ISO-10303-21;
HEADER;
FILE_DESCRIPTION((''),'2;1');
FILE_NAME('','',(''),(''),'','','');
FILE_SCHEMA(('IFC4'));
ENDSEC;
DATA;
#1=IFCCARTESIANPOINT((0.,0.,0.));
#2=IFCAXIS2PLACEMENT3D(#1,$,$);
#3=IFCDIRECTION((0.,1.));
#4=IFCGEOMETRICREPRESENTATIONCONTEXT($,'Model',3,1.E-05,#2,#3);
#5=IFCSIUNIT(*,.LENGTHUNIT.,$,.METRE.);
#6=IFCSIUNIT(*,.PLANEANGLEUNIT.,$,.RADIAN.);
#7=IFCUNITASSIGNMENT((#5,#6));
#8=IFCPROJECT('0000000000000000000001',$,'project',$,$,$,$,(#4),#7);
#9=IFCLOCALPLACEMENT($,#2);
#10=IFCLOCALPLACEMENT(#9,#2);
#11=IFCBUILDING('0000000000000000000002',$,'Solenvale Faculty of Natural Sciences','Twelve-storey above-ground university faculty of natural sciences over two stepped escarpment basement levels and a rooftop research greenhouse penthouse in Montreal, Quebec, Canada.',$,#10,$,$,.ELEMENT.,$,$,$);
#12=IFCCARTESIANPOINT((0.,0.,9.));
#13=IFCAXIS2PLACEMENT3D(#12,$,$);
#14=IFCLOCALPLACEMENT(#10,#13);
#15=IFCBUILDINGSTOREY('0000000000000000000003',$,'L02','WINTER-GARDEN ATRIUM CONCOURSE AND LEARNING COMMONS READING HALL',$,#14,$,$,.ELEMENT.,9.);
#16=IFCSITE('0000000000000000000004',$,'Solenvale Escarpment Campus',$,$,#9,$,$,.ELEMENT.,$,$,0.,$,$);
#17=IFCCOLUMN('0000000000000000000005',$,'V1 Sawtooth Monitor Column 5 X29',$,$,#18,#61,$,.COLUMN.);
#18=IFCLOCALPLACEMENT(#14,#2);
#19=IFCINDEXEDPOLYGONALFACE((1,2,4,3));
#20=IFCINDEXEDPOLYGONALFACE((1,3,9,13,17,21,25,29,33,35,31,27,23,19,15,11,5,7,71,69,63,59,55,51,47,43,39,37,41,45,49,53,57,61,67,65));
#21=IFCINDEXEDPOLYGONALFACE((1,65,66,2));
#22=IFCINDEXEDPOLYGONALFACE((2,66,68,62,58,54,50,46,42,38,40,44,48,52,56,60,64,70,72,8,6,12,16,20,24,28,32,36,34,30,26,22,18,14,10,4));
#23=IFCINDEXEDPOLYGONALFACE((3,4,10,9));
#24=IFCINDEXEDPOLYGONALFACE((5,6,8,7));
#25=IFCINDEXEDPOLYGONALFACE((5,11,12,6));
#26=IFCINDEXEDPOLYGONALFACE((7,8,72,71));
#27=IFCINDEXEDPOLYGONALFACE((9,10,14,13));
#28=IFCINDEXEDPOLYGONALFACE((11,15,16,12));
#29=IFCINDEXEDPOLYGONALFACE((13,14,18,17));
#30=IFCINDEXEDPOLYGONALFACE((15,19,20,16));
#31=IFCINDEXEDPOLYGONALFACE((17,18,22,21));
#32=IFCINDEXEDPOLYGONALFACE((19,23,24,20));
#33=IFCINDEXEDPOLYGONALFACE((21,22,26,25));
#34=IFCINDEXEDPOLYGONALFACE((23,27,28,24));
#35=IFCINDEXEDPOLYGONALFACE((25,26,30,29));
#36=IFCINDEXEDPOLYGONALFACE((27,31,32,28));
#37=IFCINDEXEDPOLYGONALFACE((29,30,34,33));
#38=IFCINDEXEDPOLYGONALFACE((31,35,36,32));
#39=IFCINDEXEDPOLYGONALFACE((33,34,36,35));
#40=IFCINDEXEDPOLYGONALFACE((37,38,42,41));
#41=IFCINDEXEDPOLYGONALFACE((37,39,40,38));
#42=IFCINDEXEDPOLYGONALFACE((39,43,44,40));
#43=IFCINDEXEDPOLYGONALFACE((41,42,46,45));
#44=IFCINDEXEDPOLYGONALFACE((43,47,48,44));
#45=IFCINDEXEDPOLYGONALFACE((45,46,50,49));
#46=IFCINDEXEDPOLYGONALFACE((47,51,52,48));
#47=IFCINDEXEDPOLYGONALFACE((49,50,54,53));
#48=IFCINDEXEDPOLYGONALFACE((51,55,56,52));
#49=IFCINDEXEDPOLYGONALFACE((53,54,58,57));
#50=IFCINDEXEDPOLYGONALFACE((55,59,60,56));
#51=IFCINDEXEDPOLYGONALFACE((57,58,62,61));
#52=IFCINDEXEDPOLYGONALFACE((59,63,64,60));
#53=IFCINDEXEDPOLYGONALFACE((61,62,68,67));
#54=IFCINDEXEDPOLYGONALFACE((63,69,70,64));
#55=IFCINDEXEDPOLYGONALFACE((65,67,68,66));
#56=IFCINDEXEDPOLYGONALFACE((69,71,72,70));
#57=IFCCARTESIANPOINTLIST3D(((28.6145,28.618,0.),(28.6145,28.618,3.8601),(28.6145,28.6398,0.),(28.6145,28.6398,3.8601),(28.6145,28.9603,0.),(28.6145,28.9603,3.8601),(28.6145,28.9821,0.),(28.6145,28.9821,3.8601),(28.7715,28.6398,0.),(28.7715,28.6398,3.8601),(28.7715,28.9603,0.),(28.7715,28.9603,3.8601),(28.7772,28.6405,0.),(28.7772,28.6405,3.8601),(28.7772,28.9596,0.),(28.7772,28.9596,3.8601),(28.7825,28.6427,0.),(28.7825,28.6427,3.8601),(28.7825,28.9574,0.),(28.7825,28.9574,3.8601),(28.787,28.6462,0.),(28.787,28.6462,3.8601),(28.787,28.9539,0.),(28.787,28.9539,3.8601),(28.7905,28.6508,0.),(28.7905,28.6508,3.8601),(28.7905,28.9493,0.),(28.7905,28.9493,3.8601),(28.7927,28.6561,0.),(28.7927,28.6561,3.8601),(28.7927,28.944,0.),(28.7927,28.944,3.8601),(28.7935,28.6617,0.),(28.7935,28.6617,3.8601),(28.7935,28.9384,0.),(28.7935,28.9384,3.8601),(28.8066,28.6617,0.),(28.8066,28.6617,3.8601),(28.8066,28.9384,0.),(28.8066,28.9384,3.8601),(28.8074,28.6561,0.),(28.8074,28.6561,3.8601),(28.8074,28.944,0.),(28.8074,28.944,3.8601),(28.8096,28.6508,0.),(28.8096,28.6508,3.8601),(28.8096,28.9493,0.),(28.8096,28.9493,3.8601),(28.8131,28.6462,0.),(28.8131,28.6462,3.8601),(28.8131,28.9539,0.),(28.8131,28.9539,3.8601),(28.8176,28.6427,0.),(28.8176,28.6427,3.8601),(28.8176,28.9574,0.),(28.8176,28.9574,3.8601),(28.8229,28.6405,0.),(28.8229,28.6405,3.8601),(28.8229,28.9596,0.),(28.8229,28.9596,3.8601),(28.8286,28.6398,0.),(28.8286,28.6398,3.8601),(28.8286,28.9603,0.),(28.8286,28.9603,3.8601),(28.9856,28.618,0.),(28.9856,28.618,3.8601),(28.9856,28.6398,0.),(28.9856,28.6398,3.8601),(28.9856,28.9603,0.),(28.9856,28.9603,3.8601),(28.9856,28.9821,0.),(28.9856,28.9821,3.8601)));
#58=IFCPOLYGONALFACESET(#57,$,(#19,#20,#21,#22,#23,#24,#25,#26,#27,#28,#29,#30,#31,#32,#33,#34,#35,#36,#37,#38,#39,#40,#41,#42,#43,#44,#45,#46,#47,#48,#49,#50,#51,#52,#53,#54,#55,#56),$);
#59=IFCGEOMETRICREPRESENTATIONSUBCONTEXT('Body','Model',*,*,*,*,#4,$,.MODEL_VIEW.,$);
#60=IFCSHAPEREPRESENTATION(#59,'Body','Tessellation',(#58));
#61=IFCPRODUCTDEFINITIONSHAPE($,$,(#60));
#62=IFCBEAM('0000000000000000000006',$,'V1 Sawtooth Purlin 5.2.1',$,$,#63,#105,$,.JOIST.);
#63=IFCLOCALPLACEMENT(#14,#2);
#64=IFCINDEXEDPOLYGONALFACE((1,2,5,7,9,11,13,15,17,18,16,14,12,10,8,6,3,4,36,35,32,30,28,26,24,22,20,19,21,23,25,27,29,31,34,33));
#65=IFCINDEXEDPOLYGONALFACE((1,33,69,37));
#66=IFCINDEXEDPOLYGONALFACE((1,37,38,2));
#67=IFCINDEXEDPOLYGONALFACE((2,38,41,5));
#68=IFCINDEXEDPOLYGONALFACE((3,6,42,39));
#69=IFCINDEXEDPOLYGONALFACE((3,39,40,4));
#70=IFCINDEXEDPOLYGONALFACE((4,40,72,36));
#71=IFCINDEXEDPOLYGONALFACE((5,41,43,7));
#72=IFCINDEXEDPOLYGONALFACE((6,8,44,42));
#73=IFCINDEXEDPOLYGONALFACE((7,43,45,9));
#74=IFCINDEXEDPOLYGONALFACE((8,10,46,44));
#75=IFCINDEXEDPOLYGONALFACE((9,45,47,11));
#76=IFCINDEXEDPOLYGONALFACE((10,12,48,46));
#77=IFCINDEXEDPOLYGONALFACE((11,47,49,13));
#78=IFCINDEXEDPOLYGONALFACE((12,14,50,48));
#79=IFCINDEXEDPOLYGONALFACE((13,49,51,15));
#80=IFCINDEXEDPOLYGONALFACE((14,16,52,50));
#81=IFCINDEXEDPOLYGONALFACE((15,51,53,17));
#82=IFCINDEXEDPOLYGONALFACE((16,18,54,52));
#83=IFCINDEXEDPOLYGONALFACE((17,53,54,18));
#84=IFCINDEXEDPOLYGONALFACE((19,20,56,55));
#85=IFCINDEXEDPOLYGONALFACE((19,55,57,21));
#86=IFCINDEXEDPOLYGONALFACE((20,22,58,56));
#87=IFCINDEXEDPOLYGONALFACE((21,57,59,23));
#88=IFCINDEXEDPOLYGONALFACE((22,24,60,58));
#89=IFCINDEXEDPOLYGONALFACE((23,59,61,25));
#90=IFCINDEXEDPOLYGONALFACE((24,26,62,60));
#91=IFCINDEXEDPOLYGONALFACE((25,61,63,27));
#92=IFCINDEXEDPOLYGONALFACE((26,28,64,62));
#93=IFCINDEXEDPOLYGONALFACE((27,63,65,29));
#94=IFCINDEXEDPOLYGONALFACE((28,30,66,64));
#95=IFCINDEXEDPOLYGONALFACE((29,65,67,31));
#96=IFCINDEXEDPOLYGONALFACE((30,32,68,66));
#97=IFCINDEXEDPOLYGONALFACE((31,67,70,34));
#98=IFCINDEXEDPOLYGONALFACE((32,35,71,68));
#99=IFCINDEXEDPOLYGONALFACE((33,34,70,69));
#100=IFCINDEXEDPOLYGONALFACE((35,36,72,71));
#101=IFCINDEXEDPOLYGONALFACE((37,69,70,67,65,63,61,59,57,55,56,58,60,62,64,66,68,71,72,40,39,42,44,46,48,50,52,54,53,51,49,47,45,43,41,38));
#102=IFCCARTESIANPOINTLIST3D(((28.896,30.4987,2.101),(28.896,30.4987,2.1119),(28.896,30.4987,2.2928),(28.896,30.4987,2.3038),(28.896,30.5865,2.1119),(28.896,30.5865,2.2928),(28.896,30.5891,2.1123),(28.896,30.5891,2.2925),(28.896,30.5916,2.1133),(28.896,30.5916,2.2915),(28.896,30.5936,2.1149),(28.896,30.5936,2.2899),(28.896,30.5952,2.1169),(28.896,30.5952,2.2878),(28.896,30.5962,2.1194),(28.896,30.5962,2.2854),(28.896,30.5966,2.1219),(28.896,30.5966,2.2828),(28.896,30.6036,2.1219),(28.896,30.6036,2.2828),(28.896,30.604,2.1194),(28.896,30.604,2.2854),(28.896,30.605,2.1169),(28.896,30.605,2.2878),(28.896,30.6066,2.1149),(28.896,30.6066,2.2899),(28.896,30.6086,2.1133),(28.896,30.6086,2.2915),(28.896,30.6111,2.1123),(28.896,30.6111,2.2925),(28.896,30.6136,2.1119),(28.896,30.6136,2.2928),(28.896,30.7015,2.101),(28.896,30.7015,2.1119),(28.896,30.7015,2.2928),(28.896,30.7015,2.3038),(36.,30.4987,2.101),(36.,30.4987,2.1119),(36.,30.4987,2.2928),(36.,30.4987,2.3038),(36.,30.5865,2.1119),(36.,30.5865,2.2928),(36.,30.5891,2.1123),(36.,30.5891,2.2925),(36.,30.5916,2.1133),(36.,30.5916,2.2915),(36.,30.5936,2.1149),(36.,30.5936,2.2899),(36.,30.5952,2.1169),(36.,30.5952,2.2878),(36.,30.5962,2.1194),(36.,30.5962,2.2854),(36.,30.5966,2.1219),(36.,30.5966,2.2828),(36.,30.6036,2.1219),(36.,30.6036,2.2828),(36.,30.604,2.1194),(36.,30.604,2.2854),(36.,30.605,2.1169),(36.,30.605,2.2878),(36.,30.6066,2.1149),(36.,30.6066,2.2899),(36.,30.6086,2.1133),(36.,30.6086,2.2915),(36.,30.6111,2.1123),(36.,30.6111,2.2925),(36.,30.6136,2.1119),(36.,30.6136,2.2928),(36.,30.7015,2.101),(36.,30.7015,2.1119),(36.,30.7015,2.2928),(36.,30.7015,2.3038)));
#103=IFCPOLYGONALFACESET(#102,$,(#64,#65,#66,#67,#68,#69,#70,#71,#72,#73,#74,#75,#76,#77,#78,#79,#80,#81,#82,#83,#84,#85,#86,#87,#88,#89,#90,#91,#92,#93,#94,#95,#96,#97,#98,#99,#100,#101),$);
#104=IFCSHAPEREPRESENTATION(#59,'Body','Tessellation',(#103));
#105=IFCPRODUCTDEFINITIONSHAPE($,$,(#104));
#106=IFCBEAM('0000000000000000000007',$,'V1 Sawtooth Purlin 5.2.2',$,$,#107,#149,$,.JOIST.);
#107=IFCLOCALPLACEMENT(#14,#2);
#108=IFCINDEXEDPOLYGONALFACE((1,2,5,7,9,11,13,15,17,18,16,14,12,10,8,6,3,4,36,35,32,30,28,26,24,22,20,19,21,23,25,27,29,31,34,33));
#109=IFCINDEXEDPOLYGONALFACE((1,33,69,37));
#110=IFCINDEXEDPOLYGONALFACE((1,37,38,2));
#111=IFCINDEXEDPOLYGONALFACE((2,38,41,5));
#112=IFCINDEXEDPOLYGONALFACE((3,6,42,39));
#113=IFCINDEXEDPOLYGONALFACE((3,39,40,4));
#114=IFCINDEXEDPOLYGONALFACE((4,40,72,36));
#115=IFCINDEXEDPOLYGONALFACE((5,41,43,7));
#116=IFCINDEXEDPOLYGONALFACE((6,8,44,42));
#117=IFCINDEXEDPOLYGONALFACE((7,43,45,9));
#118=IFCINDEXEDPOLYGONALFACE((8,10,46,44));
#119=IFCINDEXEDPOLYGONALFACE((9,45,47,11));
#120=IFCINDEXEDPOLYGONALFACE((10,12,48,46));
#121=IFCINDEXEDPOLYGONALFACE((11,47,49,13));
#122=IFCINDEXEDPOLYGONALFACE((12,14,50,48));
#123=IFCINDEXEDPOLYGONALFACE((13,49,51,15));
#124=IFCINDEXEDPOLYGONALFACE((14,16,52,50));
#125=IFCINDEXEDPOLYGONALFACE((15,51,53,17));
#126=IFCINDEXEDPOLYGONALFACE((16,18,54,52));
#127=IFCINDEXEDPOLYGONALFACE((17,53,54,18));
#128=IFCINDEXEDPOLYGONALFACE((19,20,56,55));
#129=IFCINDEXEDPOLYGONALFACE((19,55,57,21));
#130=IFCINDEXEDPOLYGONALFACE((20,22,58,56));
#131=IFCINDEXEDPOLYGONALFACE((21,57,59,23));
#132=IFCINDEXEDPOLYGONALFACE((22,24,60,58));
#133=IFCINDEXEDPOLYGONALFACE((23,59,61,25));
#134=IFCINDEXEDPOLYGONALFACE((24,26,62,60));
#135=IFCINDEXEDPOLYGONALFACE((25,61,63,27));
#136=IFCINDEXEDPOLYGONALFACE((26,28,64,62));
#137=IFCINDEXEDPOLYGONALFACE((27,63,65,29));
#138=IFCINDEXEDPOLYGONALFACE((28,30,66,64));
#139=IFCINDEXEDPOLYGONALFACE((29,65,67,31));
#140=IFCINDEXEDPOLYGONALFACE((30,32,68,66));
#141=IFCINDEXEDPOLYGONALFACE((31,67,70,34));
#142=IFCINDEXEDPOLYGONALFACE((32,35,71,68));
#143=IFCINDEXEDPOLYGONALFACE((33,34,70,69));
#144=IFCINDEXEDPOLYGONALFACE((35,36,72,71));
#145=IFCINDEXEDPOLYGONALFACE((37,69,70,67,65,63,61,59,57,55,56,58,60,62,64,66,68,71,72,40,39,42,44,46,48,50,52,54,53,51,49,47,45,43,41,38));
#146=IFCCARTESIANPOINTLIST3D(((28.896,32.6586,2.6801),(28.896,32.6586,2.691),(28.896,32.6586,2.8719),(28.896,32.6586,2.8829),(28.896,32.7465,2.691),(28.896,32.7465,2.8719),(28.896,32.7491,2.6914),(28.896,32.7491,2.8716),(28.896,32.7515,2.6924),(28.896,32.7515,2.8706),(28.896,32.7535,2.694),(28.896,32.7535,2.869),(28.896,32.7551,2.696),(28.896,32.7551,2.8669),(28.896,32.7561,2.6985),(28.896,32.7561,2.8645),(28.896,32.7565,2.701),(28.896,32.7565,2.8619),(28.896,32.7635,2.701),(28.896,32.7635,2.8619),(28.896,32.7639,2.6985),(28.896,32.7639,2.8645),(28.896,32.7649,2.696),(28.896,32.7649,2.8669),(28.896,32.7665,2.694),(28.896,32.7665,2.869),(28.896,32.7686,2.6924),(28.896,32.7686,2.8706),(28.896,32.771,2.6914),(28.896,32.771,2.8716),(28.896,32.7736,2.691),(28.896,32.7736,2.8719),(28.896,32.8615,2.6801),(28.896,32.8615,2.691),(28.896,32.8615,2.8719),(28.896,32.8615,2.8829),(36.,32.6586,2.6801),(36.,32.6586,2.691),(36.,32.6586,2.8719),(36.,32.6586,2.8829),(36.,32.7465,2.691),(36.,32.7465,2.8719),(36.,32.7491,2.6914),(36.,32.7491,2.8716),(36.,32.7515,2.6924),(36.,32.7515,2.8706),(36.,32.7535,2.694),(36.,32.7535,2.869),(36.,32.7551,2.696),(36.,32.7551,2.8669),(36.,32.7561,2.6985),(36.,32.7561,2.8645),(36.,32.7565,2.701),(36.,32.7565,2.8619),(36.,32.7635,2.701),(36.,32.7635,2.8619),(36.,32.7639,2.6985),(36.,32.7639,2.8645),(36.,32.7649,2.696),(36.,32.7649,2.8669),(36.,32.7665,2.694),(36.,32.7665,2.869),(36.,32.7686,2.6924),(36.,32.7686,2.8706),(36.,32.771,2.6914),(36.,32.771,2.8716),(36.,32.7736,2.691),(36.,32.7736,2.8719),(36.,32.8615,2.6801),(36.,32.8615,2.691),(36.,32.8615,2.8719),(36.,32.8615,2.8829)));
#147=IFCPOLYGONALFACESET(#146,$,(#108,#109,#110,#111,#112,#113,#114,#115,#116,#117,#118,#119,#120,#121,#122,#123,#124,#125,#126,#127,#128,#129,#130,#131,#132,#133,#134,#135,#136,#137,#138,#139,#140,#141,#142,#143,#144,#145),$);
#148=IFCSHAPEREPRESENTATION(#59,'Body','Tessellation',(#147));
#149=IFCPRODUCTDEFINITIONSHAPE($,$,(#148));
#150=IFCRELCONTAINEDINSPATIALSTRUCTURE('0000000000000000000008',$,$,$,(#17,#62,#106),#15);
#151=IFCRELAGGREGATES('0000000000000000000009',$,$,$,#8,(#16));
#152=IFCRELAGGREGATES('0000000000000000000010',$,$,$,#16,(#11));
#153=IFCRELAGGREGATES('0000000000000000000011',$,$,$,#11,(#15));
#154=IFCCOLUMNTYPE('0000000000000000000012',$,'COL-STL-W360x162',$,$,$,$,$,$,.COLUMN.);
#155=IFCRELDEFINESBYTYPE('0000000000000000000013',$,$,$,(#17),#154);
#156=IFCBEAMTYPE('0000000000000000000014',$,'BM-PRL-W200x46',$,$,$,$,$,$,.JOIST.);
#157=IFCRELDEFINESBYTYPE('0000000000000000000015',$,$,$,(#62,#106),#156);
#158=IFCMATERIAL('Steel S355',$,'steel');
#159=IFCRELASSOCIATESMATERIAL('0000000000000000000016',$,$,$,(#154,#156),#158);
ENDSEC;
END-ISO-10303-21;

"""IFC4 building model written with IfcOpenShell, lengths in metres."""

from ifc_helpers import new_model, si_unit, direction, frame, origin, origin_2d, place, context, subcontext, project, spatial, i_section, extrude, material, material_profile, profile_set, type_object, element, save


model = new_model("IFC4")

# Units and contexts
model_context = context("Model", 3, precision=1e-05, world=origin(), true_north=direction((0.0, 1.0)))
body_context = subcontext(model_context, "Body", "Model", "MODEL_VIEW")
ifc_project = project(units=[si_unit("LENGTHUNIT", "METRE"), si_unit("PLANEANGLEUNIT", "RADIAN")], contexts=[model_context])

# Site, building, storey
site_placement = place(None, origin())
site = spatial("IfcSite", under=ifc_project, at=site_placement, Name="Solenvale Escarpment Campus", CompositionType="ELEMENT", RefElevation=0.0)
building_placement = place(site_placement, origin())
building = spatial("IfcBuilding", under=site, at=building_placement, Name="Solenvale Faculty of Natural Sciences", Description="Twelve-storey above-ground university faculty of natural sciences over two stepped escarpment basement levels and a rooftop research greenhouse penthouse in Montreal, Quebec, Canada.", CompositionType="ELEMENT")
storey_placement = place(building_placement, frame((0.0, 0.0, 9.0)))
storey = spatial("IfcBuildingStorey", under=building, at=storey_placement, Name="L02", Description="WINTER-GARDEN ATRIUM CONCOURSE AND LEARNING COMMONS READING HALL", CompositionType="ELEMENT", Elevation=9.0)

# Column
ifc_material_1 = material(Name="Steel S355", Category="steel")
ifc_material_profile_1 = material_profile(ifc_material_1, i_section(OverallWidth=0.3711, OverallDepth=0.364, WebThickness=0.0132, FlangeThickness=0.0217, FilletRadius=0.022, at=origin_2d()), Name="W360x162")
ifc_profile_set_1 = profile_set([ifc_material_profile_1], Name="Steel S355")
column_type = type_object("IfcColumnType", Name="COL-STL-W360x162", PredefinedType="COLUMN", material=ifc_profile_set_1)
column_placement = place(storey_placement, frame((28.8, 28.8, 0.0), z_axis=(0.0, 0.0, 1.0), x_axis=(1.0, 0.0, 0.0)))
element("IfcColumn", 1, at=column_placement, inside=storey, type_object=column_type, Name="V1 Sawtooth Monitor Column 5 X29", PredefinedType="COLUMN", context=body_context, shape_type="SweptSolid", body=[
    extrude(i_section(OverallWidth=0.3711, OverallDepth=0.364, WebThickness=0.0132, FlangeThickness=0.0217, FilletRadius=0.022, at=origin_2d()), origin(), (0.0, 0.0, 1.0), 3.8601),
])

# Beams
ifc_material_profile_2 = material_profile(ifc_material_1, i_section(OverallWidth=0.2029, OverallDepth=0.2029, WebThickness=0.0071, FlangeThickness=0.011, FilletRadius=0.01, at=origin_2d()), Name="W200x46")
ifc_profile_set_2 = profile_set([ifc_material_profile_2], Name="Steel S355")
beam_type_1 = type_object("IfcBeamType", Name="BM-PRL-W200x46", PredefinedType="JOIST", material=ifc_profile_set_2)
for number, where, z_axis, x_axis, name in (
    (2, (28.896, 30.6001, 2.2024), (1.0, 0.0, 0.0), (0.0, 1.0, 0.0), "V1 Sawtooth Purlin 5.2.1"),
    (3, (28.896, 32.76, 2.7815), (1.0, 0.0, 0.0), (0.0, 1.0, 0.0), "V1 Sawtooth Purlin 5.2.2"),
):
    element("IfcBeam", number, at=place(storey_placement, frame(where, z_axis=z_axis, x_axis=x_axis)), inside=storey, type_object=beam_type_1, Name=name, PredefinedType="JOIST", context=body_context, shape_type="SweptSolid", body=[
        extrude(i_section(OverallWidth=0.2029, OverallDepth=0.2029, WebThickness=0.0071, FlangeThickness=0.011, FilletRadius=0.01, at=origin_2d()), origin(), (0.0, 0.0, 1.0), 7.104),
    ])

save(model, "model.ifc")
